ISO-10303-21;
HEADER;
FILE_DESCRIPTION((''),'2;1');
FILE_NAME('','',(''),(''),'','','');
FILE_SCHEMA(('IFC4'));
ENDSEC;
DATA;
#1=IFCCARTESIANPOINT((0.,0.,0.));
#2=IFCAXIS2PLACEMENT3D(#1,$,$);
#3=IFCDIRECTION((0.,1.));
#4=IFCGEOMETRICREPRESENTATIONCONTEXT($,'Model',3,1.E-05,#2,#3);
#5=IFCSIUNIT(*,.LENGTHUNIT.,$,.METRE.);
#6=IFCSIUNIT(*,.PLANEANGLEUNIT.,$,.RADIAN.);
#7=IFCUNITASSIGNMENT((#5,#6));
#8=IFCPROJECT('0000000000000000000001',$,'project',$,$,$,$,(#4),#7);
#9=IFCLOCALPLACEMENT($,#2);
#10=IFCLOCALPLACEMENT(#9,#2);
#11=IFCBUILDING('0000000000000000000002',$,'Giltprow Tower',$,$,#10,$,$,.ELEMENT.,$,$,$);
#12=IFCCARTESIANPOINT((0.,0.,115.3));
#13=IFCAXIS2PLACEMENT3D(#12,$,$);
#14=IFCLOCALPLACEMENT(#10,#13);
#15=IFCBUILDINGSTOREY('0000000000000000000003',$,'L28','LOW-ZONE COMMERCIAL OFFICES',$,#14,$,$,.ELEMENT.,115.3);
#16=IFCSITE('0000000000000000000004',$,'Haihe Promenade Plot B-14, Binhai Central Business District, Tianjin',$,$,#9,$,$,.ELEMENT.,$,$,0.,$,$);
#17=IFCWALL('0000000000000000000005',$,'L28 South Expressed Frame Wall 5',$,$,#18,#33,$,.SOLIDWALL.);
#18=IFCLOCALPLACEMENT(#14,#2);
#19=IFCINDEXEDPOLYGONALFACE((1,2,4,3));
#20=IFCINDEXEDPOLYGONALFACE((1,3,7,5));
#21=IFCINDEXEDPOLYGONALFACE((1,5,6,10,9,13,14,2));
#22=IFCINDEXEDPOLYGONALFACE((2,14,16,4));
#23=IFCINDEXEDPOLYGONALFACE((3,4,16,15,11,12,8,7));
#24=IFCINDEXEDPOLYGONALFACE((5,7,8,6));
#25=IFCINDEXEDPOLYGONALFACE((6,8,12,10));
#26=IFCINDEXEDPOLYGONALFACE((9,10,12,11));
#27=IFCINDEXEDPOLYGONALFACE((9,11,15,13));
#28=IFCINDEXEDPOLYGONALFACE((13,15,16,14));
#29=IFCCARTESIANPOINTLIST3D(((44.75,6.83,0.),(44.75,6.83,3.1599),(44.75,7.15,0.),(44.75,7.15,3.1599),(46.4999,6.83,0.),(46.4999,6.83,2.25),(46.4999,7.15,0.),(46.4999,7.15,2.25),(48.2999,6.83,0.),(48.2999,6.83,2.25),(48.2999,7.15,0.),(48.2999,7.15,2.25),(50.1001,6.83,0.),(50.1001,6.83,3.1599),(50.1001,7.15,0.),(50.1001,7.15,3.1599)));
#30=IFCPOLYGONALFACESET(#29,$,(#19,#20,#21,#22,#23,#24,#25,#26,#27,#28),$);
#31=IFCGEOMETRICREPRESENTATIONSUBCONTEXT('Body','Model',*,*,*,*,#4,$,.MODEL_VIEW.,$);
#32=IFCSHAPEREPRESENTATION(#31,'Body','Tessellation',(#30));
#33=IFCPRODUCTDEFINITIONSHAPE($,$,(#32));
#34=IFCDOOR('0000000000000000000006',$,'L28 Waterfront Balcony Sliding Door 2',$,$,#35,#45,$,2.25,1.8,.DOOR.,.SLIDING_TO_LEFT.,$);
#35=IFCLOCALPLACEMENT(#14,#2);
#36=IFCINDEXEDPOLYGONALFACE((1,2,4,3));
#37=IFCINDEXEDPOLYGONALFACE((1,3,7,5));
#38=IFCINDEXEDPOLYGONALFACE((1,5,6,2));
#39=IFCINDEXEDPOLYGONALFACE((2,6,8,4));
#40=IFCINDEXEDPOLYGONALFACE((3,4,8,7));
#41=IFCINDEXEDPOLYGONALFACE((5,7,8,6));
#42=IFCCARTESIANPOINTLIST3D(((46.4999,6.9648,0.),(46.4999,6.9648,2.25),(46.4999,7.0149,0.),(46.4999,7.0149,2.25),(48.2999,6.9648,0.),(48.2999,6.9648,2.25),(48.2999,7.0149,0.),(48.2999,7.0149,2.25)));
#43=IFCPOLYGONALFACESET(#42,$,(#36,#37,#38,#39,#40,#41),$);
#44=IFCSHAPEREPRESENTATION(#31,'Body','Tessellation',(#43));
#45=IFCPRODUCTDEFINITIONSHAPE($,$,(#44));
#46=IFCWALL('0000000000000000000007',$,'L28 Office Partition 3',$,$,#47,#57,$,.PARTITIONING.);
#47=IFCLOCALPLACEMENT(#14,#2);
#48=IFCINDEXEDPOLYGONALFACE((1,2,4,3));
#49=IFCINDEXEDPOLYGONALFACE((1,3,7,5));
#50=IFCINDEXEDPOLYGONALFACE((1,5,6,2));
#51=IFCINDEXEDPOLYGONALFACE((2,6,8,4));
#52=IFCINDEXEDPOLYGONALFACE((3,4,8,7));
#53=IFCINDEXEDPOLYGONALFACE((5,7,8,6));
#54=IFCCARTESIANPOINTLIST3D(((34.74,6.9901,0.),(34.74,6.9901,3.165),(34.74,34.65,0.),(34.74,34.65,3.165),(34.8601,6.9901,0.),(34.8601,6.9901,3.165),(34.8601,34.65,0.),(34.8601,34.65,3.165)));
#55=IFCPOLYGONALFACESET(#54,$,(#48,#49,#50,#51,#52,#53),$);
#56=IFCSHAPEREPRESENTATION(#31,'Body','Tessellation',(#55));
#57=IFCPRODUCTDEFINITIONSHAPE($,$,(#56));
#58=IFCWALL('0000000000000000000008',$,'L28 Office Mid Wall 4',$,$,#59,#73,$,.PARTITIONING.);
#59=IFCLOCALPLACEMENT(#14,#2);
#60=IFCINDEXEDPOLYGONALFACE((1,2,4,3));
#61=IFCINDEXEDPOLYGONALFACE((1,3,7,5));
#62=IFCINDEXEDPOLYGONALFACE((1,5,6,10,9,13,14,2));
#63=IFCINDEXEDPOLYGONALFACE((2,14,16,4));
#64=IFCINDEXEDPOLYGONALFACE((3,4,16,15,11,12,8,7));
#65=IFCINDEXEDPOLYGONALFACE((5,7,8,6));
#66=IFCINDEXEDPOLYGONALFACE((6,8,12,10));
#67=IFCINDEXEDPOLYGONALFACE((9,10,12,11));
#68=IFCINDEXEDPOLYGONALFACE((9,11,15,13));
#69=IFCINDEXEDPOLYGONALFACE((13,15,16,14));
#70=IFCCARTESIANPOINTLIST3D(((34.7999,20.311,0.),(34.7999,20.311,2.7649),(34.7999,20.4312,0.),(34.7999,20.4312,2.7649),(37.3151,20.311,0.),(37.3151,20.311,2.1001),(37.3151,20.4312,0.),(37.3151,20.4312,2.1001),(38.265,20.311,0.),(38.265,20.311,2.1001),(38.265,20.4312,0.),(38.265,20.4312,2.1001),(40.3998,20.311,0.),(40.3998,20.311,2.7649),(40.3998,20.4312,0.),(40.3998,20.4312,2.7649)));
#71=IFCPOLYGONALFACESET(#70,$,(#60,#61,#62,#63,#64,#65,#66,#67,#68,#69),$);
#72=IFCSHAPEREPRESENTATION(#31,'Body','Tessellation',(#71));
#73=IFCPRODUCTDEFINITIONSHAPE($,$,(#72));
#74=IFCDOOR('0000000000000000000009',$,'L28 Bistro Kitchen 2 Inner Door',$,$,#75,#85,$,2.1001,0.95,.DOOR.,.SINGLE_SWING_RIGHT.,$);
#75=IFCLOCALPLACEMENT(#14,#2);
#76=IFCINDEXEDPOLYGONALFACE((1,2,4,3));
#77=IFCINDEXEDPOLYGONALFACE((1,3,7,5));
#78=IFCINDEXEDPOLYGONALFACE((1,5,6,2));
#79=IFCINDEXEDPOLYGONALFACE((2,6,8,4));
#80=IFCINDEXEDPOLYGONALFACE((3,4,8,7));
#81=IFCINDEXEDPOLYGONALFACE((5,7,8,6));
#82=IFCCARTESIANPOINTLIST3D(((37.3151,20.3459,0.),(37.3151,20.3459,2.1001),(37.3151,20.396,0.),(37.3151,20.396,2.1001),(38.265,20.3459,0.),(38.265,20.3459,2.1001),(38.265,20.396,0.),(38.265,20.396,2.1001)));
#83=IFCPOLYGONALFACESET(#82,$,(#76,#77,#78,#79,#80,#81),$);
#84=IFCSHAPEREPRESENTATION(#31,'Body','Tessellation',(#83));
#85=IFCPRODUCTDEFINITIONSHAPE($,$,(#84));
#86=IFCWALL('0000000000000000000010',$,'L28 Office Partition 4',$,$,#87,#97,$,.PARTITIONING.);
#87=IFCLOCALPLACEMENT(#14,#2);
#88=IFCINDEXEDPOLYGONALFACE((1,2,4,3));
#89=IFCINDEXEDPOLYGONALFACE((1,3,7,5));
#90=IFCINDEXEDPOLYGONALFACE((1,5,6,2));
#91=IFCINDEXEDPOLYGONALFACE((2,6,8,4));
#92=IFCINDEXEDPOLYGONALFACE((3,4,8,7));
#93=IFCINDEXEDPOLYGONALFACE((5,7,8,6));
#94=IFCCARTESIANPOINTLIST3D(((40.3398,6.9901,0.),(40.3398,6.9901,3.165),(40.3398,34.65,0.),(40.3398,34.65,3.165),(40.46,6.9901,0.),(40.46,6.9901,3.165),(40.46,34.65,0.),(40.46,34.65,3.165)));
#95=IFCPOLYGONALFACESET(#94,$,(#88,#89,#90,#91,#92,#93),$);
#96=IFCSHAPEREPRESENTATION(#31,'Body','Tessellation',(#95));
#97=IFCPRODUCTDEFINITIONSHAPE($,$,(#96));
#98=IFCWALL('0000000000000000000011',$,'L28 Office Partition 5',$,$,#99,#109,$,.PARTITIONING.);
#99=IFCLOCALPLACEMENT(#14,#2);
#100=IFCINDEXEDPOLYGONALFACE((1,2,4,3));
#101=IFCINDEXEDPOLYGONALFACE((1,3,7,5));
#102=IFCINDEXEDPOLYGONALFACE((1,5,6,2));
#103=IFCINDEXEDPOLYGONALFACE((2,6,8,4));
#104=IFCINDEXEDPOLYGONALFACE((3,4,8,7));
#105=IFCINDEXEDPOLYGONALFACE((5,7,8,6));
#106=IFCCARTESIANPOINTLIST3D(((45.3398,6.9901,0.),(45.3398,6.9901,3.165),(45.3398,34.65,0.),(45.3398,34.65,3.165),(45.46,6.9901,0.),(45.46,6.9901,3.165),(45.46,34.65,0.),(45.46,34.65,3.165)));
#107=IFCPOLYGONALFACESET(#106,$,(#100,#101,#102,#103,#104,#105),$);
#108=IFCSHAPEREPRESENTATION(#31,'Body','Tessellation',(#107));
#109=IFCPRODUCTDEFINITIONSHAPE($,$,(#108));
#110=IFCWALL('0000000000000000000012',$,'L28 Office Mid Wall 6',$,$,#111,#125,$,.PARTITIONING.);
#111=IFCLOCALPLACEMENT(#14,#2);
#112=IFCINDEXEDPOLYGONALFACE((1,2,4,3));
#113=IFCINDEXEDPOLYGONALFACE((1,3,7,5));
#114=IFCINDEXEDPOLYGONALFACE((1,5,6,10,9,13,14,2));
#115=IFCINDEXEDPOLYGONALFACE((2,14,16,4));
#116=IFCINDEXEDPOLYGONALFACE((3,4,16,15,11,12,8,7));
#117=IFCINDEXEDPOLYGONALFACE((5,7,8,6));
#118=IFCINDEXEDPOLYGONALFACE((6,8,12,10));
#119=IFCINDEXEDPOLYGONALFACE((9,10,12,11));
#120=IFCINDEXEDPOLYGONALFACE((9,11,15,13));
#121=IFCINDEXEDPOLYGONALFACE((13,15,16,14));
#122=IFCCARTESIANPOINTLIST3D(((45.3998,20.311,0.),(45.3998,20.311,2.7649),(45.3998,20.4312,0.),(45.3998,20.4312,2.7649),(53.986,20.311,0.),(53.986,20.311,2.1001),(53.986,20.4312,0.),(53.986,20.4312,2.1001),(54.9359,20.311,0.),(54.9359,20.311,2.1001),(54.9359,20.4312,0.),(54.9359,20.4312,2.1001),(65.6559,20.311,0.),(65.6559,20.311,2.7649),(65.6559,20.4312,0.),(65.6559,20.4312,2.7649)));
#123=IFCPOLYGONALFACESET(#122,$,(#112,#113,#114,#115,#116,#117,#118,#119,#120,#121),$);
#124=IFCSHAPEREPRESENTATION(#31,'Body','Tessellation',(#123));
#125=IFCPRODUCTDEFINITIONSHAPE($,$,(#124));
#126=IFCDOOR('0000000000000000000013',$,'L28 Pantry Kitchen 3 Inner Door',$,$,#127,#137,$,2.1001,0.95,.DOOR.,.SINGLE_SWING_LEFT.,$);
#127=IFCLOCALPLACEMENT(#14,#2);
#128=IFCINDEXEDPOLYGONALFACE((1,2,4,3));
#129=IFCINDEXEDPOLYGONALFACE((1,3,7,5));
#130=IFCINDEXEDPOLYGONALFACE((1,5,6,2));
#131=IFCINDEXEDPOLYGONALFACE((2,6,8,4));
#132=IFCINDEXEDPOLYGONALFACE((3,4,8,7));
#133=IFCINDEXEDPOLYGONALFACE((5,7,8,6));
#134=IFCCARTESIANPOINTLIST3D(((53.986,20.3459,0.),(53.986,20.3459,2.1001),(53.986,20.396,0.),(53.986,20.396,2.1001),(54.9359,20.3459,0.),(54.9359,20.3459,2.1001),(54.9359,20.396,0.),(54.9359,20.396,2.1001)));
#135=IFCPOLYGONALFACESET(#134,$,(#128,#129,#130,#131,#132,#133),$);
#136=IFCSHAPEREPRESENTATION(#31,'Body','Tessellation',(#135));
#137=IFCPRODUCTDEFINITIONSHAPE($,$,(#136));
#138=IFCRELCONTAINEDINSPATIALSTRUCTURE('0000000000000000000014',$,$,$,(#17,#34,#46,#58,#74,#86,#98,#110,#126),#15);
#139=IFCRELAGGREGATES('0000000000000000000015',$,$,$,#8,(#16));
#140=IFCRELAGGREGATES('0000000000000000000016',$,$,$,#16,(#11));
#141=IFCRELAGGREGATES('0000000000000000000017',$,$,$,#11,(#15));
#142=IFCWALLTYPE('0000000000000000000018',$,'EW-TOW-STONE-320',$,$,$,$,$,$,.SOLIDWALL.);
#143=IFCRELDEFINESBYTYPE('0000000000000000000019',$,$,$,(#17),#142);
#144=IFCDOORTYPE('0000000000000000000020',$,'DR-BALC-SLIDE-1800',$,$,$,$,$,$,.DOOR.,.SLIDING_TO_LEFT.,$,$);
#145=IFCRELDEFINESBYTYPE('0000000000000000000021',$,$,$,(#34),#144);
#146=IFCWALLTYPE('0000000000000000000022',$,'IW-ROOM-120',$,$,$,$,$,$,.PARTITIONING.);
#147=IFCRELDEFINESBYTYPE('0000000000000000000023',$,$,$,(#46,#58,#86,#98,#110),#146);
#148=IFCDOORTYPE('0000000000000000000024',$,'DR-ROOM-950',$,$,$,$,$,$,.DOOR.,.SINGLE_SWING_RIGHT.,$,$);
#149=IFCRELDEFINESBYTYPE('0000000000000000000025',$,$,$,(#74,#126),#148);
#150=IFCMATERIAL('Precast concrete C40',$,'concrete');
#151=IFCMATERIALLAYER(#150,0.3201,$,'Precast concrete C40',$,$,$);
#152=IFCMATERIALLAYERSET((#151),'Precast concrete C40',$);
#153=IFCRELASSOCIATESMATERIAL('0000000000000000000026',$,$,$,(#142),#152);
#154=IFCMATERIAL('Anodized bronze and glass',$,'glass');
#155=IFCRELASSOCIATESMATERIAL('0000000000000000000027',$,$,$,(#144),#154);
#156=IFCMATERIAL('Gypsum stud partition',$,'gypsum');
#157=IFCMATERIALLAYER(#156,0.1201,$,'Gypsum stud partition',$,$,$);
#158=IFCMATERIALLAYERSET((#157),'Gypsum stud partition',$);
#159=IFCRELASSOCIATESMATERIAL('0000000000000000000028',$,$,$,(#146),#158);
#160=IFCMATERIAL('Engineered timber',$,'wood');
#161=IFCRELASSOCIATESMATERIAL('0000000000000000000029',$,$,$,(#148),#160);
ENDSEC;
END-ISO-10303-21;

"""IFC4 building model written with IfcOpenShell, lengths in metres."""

from ifc_helpers import new_model, si_unit, direction, frame, frame_2d, origin, place, context, subcontext, project, spatial, rectangle, extrude, source, transform, mapped, material, layer, layer_set, type_object, element, fill, save


model = new_model("IFC4")

# Units and contexts
model_context = context("Model", 3, precision=1e-05, world=origin(), true_north=direction((0.0, 1.0)))
body_context = subcontext(model_context, "Body", "Model", "MODEL_VIEW")
ifc_project = project(units=[si_unit("LENGTHUNIT", "METRE"), si_unit("PLANEANGLEUNIT", "RADIAN")], contexts=[model_context])

# Site, building, storey
site_placement = place(None, origin())
site = spatial("IfcSite", under=ifc_project, at=site_placement, Name="Haihe Promenade Plot B-14, Binhai Central Business District, Tianjin", CompositionType="ELEMENT", RefElevation=0.0)
building_placement = place(site_placement, origin())
building = spatial("IfcBuilding", under=site, at=building_placement, Name="Giltprow Tower", CompositionType="ELEMENT")
storey_placement = place(building_placement, frame((0.0, 0.0, 115.3)))
storey = spatial("IfcBuildingStorey", under=building, at=storey_placement, Name="L28", Description="LOW-ZONE COMMERCIAL OFFICES", CompositionType="ELEMENT", Elevation=115.3)

# Shared definitions
ifc_material_1 = material(Name="Precast concrete C40", Category="concrete")
ifc_layer_1 = layer(ifc_material_1, 0.3201, Name="Precast concrete C40")
ifc_layer_set_1 = layer_set([ifc_layer_1], Name="Precast concrete C40")
wall_type_1 = type_object("IfcWallType", Name="EW-TOW-STONE-320", PredefinedType="SOLIDWALL", material=ifc_layer_set_1)

# Wall, opening, door
wall_1_placement = place(storey_placement, frame((44.75, 6.99, 0.0), z_axis=(0.0, 0.0, 1.0), x_axis=(1.0, 0.0, 0.0)))
wall_1 = element("IfcWall", 1, at=wall_1_placement, inside=storey, type_object=wall_type_1, Name="L28 South Expressed Frame Wall 5", PredefinedType="SOLIDWALL", context=body_context, shape_type="SweptSolid", body=[
    extrude(rectangle(XDim=5.3501, YDim=0.3201, at=frame_2d((2.675, 0.0))), origin(), (0.0, 0.0, 1.0), 3.1599),
])
opening_1_placement = place(wall_1_placement, frame((1.75, 0.0, 0.0)))
opening_1 = element("IfcOpeningElement", 2, at=opening_1_placement, cuts=wall_1, PredefinedType="OPENING", context=body_context, shape_type="SweptSolid", body=[
    extrude(rectangle(XDim=1.8, YDim=2.25, at=frame_2d((0.8999, 1.125))), frame((0.0, 0.1699, 0.0), z_axis=(0.0, -1.0, 0.0), x_axis=(1.0, 0.0, 0.0)), (0.0, 0.0, 1.0), 0.3401),
])
ifc_material_2 = material(Name="Anodized bronze and glass", Category="glass")
door_type_1 = type_object("IfcDoorType", Name="DR-BALC-SLIDE-1800", OperationType="SLIDING_TO_LEFT", PredefinedType="DOOR", material=ifc_material_2)
shared_shape_1 = source(origin(), body_context, "Body", "SweptSolid", [
    extrude(rectangle(XDim=1.8, YDim=2.25, at=frame_2d((0.8999, 1.125))), frame((0.0, 0.0249, 0.0), z_axis=(0.0, -1.0, 0.0), x_axis=(1.0, 0.0, 0.0)), (0.0, 0.0, 1.0), 0.05),
])
door_1_placement = place(opening_1_placement, origin())
door_1 = element("IfcDoor", 3, at=door_1_placement, inside=storey, type_object=door_type_1, Name="L28 Waterfront Balcony Sliding Door 2", OperationType="SLIDING_TO_LEFT", OverallHeight=2.25, OverallWidth=1.8, PredefinedType="DOOR", context=body_context, shape_type="MappedRepresentation", body=[
    mapped(shared_shape_1, transform((0.0, 0.0, 0.0), x_axis=(1.0, 0.0, 0.0), y_axis=(0.0, 1.0, 0.0), z_axis=(0.0, 0.0, 1.0), scale=1.0)),
])
fill(opening_1, door_1)

# Wall
ifc_material_3 = material(Name="Gypsum stud partition", Category="gypsum")
ifc_layer_2 = layer(ifc_material_3, 0.1201, Name="Gypsum stud partition")
ifc_layer_set_2 = layer_set([ifc_layer_2], Name="Gypsum stud partition")
wall_type_2 = type_object("IfcWallType", Name="IW-ROOM-120", PredefinedType="PARTITIONING", material=ifc_layer_set_2)
wall_2_placement = place(storey_placement, frame((34.8, 6.99, 0.0), z_axis=(0.0, 0.0, 1.0), x_axis=(0.0, 1.0, 0.0)))
element("IfcWall", 4, at=wall_2_placement, inside=storey, type_object=wall_type_2, Name="L28 Office Partition 3", PredefinedType="PARTITIONING", context=body_context, shape_type="SweptSolid", body=[
    extrude(rectangle(XDim=27.6599, YDim=0.1201, at=frame_2d((13.8301, 0.0))), origin(), (0.0, 0.0, 1.0), 3.165),
])

# Wall, opening, door
wall_3_placement = place(storey_placement, frame((34.8, 20.3711, 0.0), z_axis=(0.0, 0.0, 1.0), x_axis=(1.0, 0.0, 0.0)))
wall_3 = element("IfcWall", 5, at=wall_3_placement, inside=storey, type_object=wall_type_2, Name="L28 Office Mid Wall 4", PredefinedType="PARTITIONING", context=body_context, shape_type="SweptSolid", body=[
    extrude(rectangle(XDim=5.5999, YDim=0.1201, at=frame_2d((2.7998, 0.0))), origin(), (0.0, 0.0, 1.0), 2.7649),
])
opening_2_placement = place(wall_3_placement, frame((2.5149, 0.0, 0.0)))
opening_2 = element("IfcOpeningElement", 6, at=opening_2_placement, cuts=wall_3, PredefinedType="OPENING", context=body_context, shape_type="SweptSolid", body=[
    extrude(rectangle(XDim=0.95, YDim=2.1001, at=frame_2d((0.4751, 1.05))), frame((0.0, 0.0701, 0.0), z_axis=(0.0, -1.0, 0.0), x_axis=(1.0, 0.0, 0.0)), (0.0, 0.0, 1.0), 0.1401),
])
ifc_material_4 = material(Name="Engineered timber", Category="wood")
door_type_2 = type_object("IfcDoorType", Name="DR-ROOM-950", OperationType="SINGLE_SWING_RIGHT", PredefinedType="DOOR", material=ifc_material_4)
shared_shape_2 = source(origin(), body_context, "Body", "SweptSolid", [
    extrude(rectangle(XDim=0.95, YDim=2.1001, at=frame_2d((0.4751, 1.05))), frame((0.0, 0.0249, 0.0), z_axis=(0.0, -1.0, 0.0), x_axis=(1.0, 0.0, 0.0)), (0.0, 0.0, 1.0), 0.05),
])
door_2_placement = place(opening_2_placement, origin())
door_2 = element("IfcDoor", 7, at=door_2_placement, inside=storey, type_object=door_type_2, Name="L28 Bistro Kitchen 2 Inner Door", OperationType="SINGLE_SWING_RIGHT", OverallHeight=2.1001, OverallWidth=0.95, PredefinedType="DOOR", context=body_context, shape_type="MappedRepresentation", body=[
    mapped(shared_shape_2, transform((0.0, 0.0, 0.0), x_axis=(1.0, 0.0, 0.0), y_axis=(0.0, 1.0, 0.0), z_axis=(0.0, 0.0, 1.0), scale=1.0)),
])
fill(opening_2, door_2)

# Walls
for number, where, z_axis, x_axis, name in (
    (8, (40.3999, 6.99, 0.0), (0.0, 0.0, 1.0), (0.0, 1.0, 0.0), "L28 Office Partition 4"),
    (9, (45.3999, 6.99, 0.0), (0.0, 0.0, 1.0), (0.0, 1.0, 0.0), "L28 Office Partition 5"),
):
    element("IfcWall", number, at=place(storey_placement, frame(where, z_axis=z_axis, x_axis=x_axis)), inside=storey, type_object=wall_type_2, Name=name, PredefinedType="PARTITIONING", context=body_context, shape_type="SweptSolid", body=[
        extrude(rectangle(XDim=27.6599, YDim=0.1201, at=frame_2d((13.8301, 0.0))), origin(), (0.0, 0.0, 1.0), 3.165),
    ])

# Wall, opening, door
wall_4_placement = place(storey_placement, frame((45.3999, 20.3711, 0.0), z_axis=(0.0, 0.0, 1.0), x_axis=(1.0, 0.0, 0.0)))
wall_4 = element("IfcWall", 10, at=wall_4_placement, inside=storey, type_object=wall_type_2, Name="L28 Office Mid Wall 6", PredefinedType="PARTITIONING", context=body_context, shape_type="SweptSolid", body=[
    extrude(rectangle(XDim=20.2561, YDim=0.1201, at=frame_2d((10.1279, 0.0))), origin(), (0.0, 0.0, 1.0), 2.7649),
])
opening_3_placement = place(wall_4_placement, frame((8.5859, 0.0, 0.0)))
opening_3 = element("IfcOpeningElement", 11, at=opening_3_placement, cuts=wall_4, PredefinedType="OPENING", context=body_context, shape_type="SweptSolid", body=[
    extrude(rectangle(XDim=0.95, YDim=2.1001, at=frame_2d((0.4751, 1.05))), frame((0.0, 0.0701, 0.0), z_axis=(0.0, -1.0, 0.0), x_axis=(1.0, 0.0, 0.0)), (0.0, 0.0, 1.0), 0.1401),
])
door_3_placement = place(opening_3_placement, origin())
door_3 = element("IfcDoor", 12, at=door_3_placement, inside=storey, type_object=door_type_2, Name="L28 Pantry Kitchen 3 Inner Door", OperationType="SINGLE_SWING_LEFT", OverallHeight=2.1001, OverallWidth=0.95, PredefinedType="DOOR", context=body_context, shape_type="MappedRepresentation", body=[
    mapped(shared_shape_2, transform((0.0, 0.0, 0.0), x_axis=(1.0, 0.0, 0.0), y_axis=(0.0, 1.0, 0.0), z_axis=(0.0, 0.0, 1.0), scale=1.0)),
])
fill(opening_3, door_3)

save(model, "model.ifc")
